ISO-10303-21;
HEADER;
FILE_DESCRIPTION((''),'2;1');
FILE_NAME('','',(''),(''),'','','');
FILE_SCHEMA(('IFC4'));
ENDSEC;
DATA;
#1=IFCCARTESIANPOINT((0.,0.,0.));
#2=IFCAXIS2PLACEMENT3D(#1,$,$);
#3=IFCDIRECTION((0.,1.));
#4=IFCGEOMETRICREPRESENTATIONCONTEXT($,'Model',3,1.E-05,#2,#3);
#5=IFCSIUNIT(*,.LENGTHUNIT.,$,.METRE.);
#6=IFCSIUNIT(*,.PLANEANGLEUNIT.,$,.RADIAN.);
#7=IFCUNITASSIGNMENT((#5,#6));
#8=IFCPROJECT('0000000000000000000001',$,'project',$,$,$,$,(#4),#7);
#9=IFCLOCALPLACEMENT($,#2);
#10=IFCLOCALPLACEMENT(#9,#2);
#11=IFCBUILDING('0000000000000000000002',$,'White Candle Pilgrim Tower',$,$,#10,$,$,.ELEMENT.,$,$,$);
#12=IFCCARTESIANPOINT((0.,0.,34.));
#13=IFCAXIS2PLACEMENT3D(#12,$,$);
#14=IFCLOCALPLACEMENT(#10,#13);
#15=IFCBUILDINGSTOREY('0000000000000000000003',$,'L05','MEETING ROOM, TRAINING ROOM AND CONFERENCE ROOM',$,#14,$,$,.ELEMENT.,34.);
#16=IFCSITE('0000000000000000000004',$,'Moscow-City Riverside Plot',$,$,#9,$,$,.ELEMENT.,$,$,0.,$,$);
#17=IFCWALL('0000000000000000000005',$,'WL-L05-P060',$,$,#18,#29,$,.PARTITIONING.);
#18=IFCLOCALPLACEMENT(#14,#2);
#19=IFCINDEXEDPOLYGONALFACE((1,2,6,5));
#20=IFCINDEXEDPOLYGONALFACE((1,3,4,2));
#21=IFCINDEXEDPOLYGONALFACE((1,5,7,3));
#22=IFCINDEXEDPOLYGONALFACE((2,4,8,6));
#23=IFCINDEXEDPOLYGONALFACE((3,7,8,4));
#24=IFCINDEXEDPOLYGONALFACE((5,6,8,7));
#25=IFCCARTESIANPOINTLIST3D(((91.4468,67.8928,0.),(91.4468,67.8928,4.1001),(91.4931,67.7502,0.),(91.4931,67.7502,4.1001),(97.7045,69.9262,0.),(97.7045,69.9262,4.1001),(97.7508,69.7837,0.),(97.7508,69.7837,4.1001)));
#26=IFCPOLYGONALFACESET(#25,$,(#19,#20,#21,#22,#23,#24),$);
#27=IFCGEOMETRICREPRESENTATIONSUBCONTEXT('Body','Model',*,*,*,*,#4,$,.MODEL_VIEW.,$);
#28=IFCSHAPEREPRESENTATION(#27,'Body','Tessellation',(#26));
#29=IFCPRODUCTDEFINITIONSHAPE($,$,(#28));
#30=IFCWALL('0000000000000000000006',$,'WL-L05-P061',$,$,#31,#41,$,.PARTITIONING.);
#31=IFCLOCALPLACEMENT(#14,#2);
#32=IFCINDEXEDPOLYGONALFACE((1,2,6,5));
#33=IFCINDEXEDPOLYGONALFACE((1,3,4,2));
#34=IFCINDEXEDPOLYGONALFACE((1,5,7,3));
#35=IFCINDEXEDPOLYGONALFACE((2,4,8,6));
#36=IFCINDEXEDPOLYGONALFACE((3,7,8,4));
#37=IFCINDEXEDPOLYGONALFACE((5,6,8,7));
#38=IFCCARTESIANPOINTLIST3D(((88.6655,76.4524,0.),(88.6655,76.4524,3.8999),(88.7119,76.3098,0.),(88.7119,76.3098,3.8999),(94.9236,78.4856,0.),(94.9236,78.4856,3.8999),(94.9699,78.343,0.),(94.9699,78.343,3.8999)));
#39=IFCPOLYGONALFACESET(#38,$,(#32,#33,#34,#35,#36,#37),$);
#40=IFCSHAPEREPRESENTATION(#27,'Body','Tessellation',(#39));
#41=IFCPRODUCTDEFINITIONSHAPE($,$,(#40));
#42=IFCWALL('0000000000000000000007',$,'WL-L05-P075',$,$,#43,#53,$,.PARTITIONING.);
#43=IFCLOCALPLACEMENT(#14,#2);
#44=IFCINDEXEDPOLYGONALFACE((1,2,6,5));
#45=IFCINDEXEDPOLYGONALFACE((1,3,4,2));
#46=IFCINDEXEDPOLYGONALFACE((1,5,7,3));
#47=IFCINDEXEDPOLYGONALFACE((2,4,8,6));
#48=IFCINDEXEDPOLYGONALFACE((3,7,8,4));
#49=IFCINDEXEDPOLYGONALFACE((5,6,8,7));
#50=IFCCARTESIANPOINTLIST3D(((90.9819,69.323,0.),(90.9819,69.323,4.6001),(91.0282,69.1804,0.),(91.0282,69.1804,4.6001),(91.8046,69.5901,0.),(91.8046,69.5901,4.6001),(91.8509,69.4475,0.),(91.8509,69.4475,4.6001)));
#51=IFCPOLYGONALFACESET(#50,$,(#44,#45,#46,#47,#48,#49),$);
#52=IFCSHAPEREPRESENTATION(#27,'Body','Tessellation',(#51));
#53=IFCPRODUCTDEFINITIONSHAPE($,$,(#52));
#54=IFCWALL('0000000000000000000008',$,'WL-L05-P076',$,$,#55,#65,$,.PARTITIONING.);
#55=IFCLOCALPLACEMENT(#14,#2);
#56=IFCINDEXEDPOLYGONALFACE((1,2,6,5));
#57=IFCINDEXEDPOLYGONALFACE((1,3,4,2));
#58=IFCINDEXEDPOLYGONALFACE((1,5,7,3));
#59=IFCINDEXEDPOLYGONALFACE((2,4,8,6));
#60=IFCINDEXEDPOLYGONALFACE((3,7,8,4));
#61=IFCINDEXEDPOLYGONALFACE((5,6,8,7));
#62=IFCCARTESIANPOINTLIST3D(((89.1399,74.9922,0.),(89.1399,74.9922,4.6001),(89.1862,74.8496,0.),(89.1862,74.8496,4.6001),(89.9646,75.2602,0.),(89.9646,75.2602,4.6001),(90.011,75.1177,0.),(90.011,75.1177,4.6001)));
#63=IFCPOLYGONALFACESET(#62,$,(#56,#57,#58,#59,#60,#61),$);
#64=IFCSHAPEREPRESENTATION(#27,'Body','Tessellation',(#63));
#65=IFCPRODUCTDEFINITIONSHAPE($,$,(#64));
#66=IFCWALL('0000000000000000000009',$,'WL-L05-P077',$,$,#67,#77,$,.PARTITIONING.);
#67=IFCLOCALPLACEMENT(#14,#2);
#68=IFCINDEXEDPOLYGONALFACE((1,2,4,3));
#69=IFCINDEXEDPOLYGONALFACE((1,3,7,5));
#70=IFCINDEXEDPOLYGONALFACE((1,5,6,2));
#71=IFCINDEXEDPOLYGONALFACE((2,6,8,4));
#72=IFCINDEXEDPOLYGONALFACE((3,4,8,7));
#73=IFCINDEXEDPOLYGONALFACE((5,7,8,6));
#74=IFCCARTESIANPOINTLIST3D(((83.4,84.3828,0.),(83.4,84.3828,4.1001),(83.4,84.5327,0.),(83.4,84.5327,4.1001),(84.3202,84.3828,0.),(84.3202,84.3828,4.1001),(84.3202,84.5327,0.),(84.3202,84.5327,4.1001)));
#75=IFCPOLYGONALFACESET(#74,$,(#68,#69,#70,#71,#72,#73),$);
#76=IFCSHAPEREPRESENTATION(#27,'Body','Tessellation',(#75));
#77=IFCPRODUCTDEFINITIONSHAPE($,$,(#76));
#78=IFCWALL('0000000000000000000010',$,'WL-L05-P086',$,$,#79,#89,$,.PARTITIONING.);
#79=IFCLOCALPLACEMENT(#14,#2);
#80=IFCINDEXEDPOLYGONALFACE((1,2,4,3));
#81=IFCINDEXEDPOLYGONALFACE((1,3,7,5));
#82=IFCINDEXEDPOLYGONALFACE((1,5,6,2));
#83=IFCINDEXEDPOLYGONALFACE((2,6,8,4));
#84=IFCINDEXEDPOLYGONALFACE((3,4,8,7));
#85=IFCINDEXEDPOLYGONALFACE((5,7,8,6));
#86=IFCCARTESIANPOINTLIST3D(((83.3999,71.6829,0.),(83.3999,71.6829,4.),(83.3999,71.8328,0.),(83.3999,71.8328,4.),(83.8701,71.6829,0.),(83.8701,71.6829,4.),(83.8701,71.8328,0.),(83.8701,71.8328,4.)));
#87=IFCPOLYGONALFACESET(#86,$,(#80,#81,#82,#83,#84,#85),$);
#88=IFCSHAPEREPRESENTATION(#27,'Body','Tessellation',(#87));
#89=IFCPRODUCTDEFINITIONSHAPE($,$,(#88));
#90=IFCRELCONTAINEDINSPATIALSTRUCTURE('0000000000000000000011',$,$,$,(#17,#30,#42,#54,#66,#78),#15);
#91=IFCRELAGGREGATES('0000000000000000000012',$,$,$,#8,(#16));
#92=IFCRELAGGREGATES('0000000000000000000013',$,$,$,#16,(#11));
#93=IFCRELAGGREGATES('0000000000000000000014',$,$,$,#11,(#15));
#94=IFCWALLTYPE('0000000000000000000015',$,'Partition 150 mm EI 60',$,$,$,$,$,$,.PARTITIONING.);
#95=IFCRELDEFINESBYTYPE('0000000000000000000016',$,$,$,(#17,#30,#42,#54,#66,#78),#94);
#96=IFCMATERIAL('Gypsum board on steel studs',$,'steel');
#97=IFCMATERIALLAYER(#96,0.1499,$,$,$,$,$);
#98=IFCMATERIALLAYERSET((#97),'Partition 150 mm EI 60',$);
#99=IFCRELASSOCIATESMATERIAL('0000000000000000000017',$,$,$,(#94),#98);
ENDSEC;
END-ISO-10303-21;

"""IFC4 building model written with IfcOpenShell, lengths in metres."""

from ifc_helpers import new_model, si_unit, direction, frame, frame_2d, origin, place, context, subcontext, project, spatial, rectangle, extrude, material, layer, layer_set, type_object, element, save


model = new_model("IFC4")

# Units and contexts
model_context = context("Model", 3, precision=1e-05, world=origin(), true_north=direction((0.0, 1.0)))
body_context = subcontext(model_context, "Body", "Model", "MODEL_VIEW")
ifc_project = project(units=[si_unit("LENGTHUNIT", "METRE"), si_unit("PLANEANGLEUNIT", "RADIAN")], contexts=[model_context])

# Site, building, storey
site_placement = place(None, origin())
site = spatial("IfcSite", under=ifc_project, at=site_placement, Name="Moscow-City Riverside Plot", CompositionType="ELEMENT", RefElevation=0.0)
building_placement = place(site_placement, origin())
building = spatial("IfcBuilding", under=site, at=building_placement, Name="White Candle Pilgrim Tower", CompositionType="ELEMENT")
storey_placement = place(building_placement, frame((0.0, 0.0, 34.0)))
storey = spatial("IfcBuildingStorey", under=building, at=storey_placement, Name="L05", Description="MEETING ROOM, TRAINING ROOM AND CONFERENCE ROOM", CompositionType="ELEMENT", Elevation=34.0)

# Shared definitions
ifc_material_1 = material(Name="Gypsum board on steel studs", Category="steel")

# Walls
ifc_layer_1 = layer(ifc_material_1, 0.1499)
ifc_layer_set_1 = layer_set([ifc_layer_1], Name="Partition 150 mm EI 60")
wall_type_1 = type_object("IfcWallType", Name="Partition 150 mm EI 60", PredefinedType="PARTITIONING", material=ifc_layer_set_1)
wall_1_placement = place(storey_placement, frame((97.7278, 69.855, 0.0), z_axis=(0.0, 0.0, 1.0), x_axis=(-0.951049, -0.309039, 0.0)))
element("IfcWall", 1, at=wall_1_placement, inside=storey, type_object=wall_type_1, Name="WL-L05-P060", PredefinedType="PARTITIONING", context=body_context, shape_type="SweptSolid", body=[
    extrude(rectangle(XDim=6.5798, YDim=0.1499, at=frame_2d((3.29, 0.0))), origin(), (0.0, 0.0, 1.0), 4.1001),
])
wall_2_placement = place(storey_placement, frame((94.9468, 78.4143, 0.0), z_axis=(0.0, 0.0, 1.0), x_axis=(-0.951064, -0.308995, 0.0)))
element("IfcWall", 2, at=wall_2_placement, inside=storey, type_object=wall_type_1, Name="WL-L05-P061", PredefinedType="PARTITIONING", context=body_context, shape_type="SweptSolid", body=[
    extrude(rectangle(XDim=6.5801, YDim=0.1499, at=frame_2d((3.29, 0.0))), origin(), (0.0, 0.0, 1.0), 3.8999),
])
wall_3_placement = place(storey_placement, frame((91.8279, 69.5188, 0.0), z_axis=(0.0, 0.0, 1.0), x_axis=(-0.951138, -0.308767, 0.0)))
element("IfcWall", 3, at=wall_3_placement, inside=storey, type_object=wall_type_1, Name="WL-L05-P075", PredefinedType="PARTITIONING", context=body_context, shape_type="SweptSolid", body=[
    extrude(rectangle(XDim=0.865, YDim=0.1499, at=frame_2d((0.4326, 0.0))), origin(), (0.0, 0.0, 1.0), 4.6001),
])
wall_4_placement = place(storey_placement, frame((89.9878, 75.189, 0.0), z_axis=(0.0, 0.0, 1.0), x_axis=(-0.951022, -0.309124, 0.0)))
element("IfcWall", 4, at=wall_4_placement, inside=storey, type_object=wall_type_1, Name="WL-L05-P076", PredefinedType="PARTITIONING", context=body_context, shape_type="SweptSolid", body=[
    extrude(rectangle(XDim=0.8672, YDim=0.1499, at=frame_2d((0.4336, 0.0))), origin(), (0.0, 0.0, 1.0), 4.6001),
])
wall_5_placement = place(storey_placement, frame((84.3201, 84.4578, 0.0), z_axis=(0.0, 0.0, 1.0), x_axis=(-1.0, 0.0, 0.0)))
element("IfcWall", 5, at=wall_5_placement, inside=storey, type_object=wall_type_1, Name="WL-L05-P077", PredefinedType="PARTITIONING", context=body_context, shape_type="SweptSolid", body=[
    extrude(rectangle(XDim=0.9202, YDim=0.1499, at=frame_2d((0.46, 0.0))), origin(), (0.0, 0.0, 1.0), 4.1001),
])
wall_6_placement = place(storey_placement, frame((83.8701, 71.7578, 0.0), z_axis=(0.0, 0.0, 1.0), x_axis=(-1.0, 0.0, 0.0)))
element("IfcWall", 6, at=wall_6_placement, inside=storey, type_object=wall_type_1, Name="WL-L05-P086", PredefinedType="PARTITIONING", context=body_context, shape_type="SweptSolid", body=[
    extrude(rectangle(XDim=0.4702, YDim=0.1499, at=frame_2d((0.2351, 0.0))), origin(), (0.0, 0.0, 1.0), 4.0),
])

save(model, "model.ifc")
